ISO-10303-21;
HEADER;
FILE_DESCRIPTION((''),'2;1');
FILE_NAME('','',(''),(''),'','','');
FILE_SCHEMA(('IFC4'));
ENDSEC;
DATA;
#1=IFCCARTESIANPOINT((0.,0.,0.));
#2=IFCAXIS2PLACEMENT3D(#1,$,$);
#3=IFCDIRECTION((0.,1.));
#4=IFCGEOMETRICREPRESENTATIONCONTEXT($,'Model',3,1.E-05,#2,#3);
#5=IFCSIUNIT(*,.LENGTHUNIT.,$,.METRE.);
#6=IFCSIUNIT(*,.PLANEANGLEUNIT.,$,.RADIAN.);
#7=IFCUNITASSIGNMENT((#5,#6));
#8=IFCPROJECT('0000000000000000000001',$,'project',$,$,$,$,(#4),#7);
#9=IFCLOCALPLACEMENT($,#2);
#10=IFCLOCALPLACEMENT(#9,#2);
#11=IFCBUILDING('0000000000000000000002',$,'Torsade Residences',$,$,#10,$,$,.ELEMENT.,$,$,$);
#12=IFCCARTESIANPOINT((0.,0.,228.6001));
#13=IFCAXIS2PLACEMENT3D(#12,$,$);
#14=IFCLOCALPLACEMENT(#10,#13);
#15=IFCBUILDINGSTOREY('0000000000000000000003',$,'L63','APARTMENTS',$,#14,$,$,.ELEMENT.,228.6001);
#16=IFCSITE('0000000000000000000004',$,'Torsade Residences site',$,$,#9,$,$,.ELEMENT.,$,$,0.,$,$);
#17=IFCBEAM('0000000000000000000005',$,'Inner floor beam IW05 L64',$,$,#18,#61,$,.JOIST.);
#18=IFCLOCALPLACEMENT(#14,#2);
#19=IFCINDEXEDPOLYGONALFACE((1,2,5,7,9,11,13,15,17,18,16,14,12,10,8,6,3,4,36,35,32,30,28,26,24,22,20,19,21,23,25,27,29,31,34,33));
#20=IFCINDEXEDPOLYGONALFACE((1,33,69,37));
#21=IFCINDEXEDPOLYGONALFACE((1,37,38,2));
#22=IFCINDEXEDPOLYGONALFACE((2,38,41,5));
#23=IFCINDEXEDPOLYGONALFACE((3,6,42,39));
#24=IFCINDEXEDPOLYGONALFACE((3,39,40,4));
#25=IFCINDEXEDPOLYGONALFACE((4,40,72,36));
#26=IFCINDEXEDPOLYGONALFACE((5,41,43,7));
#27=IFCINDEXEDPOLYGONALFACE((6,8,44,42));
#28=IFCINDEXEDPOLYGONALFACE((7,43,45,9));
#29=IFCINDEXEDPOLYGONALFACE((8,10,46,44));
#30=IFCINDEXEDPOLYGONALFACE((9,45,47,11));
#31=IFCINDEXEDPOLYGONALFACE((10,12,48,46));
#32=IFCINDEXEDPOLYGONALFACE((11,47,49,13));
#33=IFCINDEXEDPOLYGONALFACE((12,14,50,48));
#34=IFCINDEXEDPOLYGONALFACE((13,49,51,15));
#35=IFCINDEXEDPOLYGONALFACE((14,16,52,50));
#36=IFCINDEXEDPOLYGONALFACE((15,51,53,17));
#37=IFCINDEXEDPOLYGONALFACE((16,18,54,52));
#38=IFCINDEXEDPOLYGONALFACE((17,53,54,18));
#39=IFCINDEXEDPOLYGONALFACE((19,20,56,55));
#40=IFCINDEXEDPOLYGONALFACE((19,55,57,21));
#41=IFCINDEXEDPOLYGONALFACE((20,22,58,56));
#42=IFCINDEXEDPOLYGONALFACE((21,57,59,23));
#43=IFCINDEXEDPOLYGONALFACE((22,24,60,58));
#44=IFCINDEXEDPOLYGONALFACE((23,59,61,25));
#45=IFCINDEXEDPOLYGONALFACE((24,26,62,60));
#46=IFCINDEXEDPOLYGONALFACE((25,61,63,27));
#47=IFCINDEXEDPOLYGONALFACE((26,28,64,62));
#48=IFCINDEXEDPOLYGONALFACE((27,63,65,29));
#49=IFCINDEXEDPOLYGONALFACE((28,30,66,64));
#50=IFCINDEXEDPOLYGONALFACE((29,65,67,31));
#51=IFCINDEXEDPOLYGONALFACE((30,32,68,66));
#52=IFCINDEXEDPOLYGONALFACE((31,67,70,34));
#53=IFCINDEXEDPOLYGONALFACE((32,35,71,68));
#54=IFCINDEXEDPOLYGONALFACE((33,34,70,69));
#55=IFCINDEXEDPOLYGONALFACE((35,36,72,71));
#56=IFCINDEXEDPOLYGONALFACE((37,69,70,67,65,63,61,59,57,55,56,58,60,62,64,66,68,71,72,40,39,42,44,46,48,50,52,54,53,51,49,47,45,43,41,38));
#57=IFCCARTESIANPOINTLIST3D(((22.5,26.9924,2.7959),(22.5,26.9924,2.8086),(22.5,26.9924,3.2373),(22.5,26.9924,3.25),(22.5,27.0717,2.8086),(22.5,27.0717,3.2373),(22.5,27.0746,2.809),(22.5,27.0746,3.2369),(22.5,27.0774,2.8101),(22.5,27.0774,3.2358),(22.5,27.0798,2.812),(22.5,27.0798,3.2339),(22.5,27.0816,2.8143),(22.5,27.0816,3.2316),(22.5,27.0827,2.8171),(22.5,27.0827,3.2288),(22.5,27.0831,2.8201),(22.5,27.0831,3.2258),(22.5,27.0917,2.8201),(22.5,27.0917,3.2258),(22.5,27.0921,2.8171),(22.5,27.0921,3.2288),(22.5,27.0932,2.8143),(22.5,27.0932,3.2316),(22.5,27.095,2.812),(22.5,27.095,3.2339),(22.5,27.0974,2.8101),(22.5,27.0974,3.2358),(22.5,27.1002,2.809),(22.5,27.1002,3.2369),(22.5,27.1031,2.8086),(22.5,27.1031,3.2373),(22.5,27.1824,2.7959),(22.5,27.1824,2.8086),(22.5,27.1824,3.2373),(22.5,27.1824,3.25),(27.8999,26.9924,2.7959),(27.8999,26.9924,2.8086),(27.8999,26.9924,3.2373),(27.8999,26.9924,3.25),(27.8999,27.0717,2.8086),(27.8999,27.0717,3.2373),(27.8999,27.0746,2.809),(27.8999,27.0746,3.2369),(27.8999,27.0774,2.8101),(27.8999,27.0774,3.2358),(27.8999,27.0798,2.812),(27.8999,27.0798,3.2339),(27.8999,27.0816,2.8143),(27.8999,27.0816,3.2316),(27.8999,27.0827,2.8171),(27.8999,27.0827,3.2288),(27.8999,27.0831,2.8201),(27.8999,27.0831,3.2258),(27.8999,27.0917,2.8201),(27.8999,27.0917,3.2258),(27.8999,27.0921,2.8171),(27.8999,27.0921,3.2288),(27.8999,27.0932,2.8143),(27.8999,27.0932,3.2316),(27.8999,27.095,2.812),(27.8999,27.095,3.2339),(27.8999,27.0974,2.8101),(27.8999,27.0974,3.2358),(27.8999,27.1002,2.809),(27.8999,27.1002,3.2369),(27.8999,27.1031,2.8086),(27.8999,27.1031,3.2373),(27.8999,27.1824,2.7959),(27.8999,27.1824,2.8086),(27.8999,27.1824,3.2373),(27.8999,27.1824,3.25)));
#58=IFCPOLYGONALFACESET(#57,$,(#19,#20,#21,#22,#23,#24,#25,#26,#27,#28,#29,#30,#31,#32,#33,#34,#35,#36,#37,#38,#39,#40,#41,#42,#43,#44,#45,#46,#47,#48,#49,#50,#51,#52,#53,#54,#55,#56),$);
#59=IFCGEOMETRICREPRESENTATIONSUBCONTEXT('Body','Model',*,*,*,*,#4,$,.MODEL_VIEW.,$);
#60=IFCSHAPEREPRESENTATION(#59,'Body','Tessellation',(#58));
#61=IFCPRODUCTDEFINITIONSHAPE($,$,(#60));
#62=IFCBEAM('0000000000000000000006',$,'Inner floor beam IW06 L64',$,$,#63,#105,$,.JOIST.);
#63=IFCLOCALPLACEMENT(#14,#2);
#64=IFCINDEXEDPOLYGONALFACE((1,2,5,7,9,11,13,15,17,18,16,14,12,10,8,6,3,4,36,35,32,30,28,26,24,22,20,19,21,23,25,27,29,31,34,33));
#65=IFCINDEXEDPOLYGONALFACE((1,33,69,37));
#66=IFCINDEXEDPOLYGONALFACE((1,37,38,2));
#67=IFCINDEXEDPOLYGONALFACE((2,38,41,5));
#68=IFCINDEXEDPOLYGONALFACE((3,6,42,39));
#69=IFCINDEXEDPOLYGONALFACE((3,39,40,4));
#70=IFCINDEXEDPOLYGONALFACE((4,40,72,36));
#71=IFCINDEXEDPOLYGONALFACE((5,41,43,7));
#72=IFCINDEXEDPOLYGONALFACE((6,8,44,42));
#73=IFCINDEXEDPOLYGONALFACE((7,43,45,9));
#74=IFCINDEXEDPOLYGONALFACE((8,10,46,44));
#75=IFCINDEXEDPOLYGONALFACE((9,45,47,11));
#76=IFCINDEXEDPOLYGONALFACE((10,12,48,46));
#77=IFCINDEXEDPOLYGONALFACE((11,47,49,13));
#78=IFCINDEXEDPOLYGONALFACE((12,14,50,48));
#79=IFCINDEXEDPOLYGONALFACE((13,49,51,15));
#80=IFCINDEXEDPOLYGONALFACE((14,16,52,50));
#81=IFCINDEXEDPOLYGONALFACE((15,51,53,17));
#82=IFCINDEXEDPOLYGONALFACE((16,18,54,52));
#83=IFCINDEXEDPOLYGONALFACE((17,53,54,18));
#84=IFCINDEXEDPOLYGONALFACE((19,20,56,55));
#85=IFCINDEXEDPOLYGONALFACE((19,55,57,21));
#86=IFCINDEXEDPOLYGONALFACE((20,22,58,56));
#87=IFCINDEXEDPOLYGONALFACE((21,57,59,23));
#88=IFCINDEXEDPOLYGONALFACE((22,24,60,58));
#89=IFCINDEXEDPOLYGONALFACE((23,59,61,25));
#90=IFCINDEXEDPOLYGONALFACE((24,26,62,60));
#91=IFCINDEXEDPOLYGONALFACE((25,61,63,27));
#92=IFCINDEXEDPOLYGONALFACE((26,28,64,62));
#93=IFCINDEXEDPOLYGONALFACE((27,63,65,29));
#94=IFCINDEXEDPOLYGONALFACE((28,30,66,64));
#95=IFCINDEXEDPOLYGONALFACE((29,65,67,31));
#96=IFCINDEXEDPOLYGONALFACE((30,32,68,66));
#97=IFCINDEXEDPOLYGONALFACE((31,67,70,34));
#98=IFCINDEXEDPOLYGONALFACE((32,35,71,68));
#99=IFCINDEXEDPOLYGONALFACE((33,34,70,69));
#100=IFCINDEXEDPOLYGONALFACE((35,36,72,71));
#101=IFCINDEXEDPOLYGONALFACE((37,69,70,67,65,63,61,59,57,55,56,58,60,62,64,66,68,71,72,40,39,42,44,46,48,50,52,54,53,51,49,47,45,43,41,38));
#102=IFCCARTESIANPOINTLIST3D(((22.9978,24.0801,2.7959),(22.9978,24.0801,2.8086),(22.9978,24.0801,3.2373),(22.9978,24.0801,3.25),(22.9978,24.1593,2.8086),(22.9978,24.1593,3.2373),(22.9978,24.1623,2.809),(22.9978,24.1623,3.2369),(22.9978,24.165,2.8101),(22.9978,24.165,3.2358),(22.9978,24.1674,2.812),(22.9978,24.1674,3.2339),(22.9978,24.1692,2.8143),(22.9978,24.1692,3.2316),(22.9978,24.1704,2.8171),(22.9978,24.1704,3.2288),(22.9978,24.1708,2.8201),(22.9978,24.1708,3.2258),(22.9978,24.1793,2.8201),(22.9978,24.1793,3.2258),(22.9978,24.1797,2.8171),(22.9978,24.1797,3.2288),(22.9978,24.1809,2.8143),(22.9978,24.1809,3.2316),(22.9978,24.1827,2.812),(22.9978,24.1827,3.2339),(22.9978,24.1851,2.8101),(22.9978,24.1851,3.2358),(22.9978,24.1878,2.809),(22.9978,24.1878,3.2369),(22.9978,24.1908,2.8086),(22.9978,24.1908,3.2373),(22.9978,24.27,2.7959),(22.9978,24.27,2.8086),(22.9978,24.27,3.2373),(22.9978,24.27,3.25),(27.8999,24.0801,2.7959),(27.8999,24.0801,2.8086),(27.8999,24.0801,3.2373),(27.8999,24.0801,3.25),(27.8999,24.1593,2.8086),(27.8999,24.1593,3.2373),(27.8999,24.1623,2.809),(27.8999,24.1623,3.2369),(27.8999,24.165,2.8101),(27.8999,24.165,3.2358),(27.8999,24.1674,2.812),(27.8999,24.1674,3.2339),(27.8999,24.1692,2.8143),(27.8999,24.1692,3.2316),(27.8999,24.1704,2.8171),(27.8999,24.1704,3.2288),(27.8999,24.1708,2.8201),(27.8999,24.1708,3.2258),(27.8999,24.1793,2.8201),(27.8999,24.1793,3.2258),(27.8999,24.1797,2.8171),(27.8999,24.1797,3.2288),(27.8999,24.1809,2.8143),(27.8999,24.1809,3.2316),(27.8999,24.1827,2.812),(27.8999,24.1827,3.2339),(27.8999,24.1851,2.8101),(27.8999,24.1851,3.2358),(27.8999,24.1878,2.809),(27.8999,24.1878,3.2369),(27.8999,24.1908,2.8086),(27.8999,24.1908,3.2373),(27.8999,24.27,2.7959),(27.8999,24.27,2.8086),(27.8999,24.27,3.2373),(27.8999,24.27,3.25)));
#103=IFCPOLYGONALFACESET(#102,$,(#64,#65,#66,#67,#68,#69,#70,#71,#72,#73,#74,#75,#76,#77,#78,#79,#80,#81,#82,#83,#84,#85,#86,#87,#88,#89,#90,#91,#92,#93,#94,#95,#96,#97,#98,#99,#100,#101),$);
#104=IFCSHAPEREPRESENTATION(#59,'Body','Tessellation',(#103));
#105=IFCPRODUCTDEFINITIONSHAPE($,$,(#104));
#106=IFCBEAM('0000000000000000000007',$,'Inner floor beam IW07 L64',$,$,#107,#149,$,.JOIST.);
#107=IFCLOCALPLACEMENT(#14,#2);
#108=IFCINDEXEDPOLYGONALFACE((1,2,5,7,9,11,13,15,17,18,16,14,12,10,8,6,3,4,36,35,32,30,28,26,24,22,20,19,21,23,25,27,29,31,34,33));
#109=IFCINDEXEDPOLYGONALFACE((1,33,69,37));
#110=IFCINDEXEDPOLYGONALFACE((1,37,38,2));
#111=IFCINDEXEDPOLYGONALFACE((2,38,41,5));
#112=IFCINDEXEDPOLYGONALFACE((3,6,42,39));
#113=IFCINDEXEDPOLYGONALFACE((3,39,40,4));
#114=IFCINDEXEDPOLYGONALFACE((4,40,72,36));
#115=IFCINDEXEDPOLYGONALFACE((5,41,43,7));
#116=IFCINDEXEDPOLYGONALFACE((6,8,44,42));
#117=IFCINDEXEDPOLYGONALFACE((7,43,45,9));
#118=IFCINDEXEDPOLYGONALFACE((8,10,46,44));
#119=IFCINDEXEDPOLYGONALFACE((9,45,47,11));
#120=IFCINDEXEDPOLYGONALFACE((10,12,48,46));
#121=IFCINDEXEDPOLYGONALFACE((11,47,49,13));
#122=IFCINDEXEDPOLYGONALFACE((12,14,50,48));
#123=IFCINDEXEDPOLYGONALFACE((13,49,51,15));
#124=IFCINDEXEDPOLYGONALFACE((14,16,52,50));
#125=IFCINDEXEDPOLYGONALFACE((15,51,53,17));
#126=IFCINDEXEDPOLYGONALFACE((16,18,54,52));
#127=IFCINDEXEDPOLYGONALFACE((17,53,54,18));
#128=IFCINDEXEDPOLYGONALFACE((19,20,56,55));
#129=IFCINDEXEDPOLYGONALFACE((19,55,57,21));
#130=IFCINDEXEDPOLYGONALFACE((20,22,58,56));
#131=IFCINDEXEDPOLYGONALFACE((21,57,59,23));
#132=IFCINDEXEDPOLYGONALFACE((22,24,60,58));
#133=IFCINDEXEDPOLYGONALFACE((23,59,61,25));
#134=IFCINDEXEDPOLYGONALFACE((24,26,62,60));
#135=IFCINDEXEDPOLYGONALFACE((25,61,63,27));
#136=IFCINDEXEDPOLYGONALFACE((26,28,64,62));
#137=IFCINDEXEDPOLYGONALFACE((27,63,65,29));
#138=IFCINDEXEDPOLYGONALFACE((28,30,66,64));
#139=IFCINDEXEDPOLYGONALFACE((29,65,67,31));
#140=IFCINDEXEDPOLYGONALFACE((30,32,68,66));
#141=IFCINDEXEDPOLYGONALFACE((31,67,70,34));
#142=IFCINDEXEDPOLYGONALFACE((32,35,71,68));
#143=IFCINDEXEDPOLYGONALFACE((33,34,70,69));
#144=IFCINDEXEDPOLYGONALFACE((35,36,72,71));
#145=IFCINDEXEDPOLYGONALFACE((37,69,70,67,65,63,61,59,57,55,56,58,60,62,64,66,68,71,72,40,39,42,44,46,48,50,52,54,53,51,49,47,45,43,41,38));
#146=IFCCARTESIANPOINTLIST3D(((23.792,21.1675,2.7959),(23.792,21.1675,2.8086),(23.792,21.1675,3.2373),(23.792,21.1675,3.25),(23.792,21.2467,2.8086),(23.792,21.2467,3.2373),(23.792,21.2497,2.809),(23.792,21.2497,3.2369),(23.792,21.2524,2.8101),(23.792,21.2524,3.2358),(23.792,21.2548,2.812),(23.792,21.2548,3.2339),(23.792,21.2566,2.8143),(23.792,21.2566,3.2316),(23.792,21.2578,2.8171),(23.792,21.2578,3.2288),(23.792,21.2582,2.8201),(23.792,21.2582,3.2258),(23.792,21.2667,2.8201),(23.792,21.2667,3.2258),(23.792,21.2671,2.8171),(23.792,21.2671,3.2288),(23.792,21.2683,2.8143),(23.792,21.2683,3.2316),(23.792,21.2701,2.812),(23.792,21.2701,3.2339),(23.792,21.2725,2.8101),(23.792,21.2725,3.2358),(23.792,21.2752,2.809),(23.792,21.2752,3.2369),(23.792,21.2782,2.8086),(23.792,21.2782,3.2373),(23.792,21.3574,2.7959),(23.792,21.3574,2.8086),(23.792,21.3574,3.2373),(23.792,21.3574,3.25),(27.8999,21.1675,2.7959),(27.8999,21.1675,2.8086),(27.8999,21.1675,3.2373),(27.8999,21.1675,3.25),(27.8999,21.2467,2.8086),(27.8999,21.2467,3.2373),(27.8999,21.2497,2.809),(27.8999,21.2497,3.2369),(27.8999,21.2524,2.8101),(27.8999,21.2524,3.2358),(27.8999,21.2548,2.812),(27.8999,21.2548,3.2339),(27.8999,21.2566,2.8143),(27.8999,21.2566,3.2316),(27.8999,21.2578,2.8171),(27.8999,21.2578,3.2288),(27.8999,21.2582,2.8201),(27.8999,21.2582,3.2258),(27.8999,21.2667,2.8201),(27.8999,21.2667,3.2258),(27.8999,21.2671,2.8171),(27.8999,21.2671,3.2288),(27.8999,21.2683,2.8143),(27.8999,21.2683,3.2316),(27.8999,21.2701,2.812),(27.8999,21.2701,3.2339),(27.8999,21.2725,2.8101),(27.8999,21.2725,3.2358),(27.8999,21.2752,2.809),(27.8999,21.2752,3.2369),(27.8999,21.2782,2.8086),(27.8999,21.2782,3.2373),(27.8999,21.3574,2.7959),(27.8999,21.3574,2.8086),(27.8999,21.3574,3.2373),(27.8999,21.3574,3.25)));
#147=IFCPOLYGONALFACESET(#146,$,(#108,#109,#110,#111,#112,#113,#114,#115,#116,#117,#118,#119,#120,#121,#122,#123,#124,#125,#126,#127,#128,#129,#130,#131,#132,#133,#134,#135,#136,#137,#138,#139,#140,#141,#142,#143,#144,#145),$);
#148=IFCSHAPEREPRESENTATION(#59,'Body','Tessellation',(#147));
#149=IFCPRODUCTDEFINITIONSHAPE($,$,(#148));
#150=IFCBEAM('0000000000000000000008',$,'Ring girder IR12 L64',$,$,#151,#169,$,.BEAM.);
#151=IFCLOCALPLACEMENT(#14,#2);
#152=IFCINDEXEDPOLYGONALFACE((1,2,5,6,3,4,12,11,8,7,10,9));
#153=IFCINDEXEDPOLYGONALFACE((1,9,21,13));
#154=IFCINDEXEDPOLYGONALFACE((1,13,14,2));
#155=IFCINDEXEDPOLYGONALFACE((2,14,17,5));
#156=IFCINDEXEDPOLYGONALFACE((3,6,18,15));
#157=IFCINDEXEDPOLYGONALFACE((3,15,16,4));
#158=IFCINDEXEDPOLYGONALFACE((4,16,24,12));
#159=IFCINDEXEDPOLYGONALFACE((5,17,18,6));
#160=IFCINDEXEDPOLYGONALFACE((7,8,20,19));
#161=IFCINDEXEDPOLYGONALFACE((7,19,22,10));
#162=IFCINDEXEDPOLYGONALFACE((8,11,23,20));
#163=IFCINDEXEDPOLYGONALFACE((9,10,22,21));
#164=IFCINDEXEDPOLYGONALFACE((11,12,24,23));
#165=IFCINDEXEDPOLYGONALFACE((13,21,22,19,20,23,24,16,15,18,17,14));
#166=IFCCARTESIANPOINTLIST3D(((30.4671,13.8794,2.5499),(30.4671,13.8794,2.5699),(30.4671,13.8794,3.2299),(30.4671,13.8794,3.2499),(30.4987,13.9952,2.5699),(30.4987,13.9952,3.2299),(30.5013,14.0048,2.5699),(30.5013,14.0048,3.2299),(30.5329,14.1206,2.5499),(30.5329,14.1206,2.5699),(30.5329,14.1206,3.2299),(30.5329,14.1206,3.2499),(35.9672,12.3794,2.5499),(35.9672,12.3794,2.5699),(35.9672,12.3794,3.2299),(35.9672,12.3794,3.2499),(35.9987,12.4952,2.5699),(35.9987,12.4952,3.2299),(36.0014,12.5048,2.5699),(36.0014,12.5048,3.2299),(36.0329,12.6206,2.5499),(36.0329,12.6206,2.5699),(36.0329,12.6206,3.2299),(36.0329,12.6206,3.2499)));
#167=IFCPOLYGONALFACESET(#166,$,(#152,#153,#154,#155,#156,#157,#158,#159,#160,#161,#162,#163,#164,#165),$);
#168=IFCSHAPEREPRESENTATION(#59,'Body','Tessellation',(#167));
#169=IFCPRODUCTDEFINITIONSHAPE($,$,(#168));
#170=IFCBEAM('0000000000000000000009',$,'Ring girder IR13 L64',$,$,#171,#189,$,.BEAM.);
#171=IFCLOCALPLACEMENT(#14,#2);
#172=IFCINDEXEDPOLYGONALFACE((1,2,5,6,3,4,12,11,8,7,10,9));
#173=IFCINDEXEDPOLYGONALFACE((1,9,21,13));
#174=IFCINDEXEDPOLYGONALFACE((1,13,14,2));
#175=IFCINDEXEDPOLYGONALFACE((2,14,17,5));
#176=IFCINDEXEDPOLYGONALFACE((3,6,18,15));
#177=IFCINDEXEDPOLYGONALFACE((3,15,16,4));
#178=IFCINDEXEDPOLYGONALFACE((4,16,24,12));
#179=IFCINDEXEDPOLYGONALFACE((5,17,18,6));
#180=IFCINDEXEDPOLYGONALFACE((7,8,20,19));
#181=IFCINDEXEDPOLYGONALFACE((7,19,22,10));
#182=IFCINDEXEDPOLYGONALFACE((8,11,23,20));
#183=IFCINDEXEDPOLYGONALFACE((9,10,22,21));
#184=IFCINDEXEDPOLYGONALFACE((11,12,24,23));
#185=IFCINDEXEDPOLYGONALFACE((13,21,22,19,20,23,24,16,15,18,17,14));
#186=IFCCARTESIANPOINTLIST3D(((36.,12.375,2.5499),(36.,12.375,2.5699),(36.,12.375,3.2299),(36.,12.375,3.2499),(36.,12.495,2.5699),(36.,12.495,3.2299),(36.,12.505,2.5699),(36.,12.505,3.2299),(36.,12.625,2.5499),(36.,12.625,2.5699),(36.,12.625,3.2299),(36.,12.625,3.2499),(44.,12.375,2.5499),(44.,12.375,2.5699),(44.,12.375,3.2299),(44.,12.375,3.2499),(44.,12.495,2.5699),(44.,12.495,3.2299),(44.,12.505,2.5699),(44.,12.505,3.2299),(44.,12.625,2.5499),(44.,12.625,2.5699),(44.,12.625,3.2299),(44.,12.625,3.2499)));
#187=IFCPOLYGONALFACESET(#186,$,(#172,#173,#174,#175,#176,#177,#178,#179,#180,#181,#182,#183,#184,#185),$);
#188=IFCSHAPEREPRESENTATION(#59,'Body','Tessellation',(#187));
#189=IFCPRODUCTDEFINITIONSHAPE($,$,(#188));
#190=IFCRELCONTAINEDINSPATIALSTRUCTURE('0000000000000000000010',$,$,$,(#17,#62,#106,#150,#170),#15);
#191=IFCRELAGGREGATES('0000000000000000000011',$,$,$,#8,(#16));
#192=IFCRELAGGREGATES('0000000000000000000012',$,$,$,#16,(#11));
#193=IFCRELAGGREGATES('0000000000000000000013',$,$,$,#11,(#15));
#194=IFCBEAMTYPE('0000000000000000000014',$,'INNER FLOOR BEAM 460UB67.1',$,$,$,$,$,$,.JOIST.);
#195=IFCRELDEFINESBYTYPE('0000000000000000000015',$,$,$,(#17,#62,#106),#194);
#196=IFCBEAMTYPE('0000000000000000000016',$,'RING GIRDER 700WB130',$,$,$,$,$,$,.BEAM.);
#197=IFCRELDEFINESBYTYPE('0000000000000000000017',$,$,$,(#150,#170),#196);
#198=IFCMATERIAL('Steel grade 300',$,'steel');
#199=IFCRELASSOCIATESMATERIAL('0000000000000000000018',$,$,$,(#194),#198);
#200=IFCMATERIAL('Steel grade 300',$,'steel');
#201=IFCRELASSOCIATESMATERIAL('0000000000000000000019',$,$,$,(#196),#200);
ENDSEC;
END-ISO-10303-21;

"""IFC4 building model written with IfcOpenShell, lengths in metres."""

from ifc_helpers import new_model, si_unit, direction, frame, origin, origin_2d, place, context, subcontext, project, spatial, i_section, extrude, material, material_profile, profile_set, type_object, element, save


model = new_model("IFC4")

# Units and contexts
model_context = context("Model", 3, precision=1e-05, world=origin(), true_north=direction((0.0, 1.0)))
body_context = subcontext(model_context, "Body", "Model", "MODEL_VIEW")
ifc_project = project(units=[si_unit("LENGTHUNIT", "METRE"), si_unit("PLANEANGLEUNIT", "RADIAN")], contexts=[model_context])

# Site, building, storey
site_placement = place(None, origin())
site = spatial("IfcSite", under=ifc_project, at=site_placement, Name="Torsade Residences site", CompositionType="ELEMENT", RefElevation=0.0)
building_placement = place(site_placement, origin())
building = spatial("IfcBuilding", under=site, at=building_placement, Name="Torsade Residences", CompositionType="ELEMENT")
storey_placement = place(building_placement, frame((0.0, 0.0, 228.6001)))
storey = spatial("IfcBuildingStorey", under=building, at=storey_placement, Name="L63", Description="APARTMENTS", CompositionType="ELEMENT", Elevation=228.6001)

# Beams
ifc_material_1 = material(Name="Steel grade 300", Category="steel")
ifc_material_profile_1 = material_profile(ifc_material_1, i_section(OverallWidth=0.1899, OverallDepth=0.4541, WebThickness=0.0085, FlangeThickness=0.0127, FilletRadius=0.0115, at=origin_2d()), Name="460UB67.1")
ifc_profile_set_1 = profile_set([ifc_material_profile_1], Name="Steel grade 300")
beam_type_1 = type_object("IfcBeamType", Name="INNER FLOOR BEAM 460UB67.1", PredefinedType="JOIST", material=ifc_profile_set_1)
beam_1_placement = place(storey_placement, frame((27.8999, 27.0874, 3.0229), z_axis=(-1.0, 0.0, 0.0), x_axis=(0.0, -1.0, 0.0)))
element("IfcBeam", 1, at=beam_1_placement, inside=storey, type_object=beam_type_1, Name="Inner floor beam IW05 L64", PredefinedType="JOIST", context=body_context, shape_type="SweptSolid", body=[
    extrude(i_section(OverallWidth=0.1899, OverallDepth=0.4541, WebThickness=0.0085, FlangeThickness=0.0127, FilletRadius=0.0115, at=origin_2d()), origin(), (0.0, 0.0, 1.0), 5.3999),
])
beam_2_placement = place(storey_placement, frame((27.8999, 24.175, 3.0229), z_axis=(-1.0, 0.0, 0.0), x_axis=(0.0, -1.0, 0.0)))
element("IfcBeam", 2, at=beam_2_placement, inside=storey, type_object=beam_type_1, Name="Inner floor beam IW06 L64", PredefinedType="JOIST", context=body_context, shape_type="SweptSolid", body=[
    extrude(i_section(OverallWidth=0.1899, OverallDepth=0.4541, WebThickness=0.0085, FlangeThickness=0.0127, FilletRadius=0.0115, at=origin_2d()), origin(), (0.0, 0.0, 1.0), 4.9021),
])
beam_3_placement = place(storey_placement, frame((27.8999, 21.2625, 3.0229), z_axis=(-1.0, 0.0, 0.0), x_axis=(0.0, -1.0, 0.0)))
element("IfcBeam", 3, at=beam_3_placement, inside=storey, type_object=beam_type_1, Name="Inner floor beam IW07 L64", PredefinedType="JOIST", context=body_context, shape_type="SweptSolid", body=[
    extrude(i_section(OverallWidth=0.1899, OverallDepth=0.4541, WebThickness=0.0085, FlangeThickness=0.0127, FilletRadius=0.0115, at=origin_2d()), origin(), (0.0, 0.0, 1.0), 4.1079),
])
ifc_material_2 = material(Name="Steel grade 300", Category="steel")
ifc_material_profile_2 = material_profile(ifc_material_2, i_section(OverallWidth=0.25, OverallDepth=0.7, WebThickness=0.01, FlangeThickness=0.02, at=origin_2d()), Name="700WB130")
ifc_profile_set_2 = profile_set([ifc_material_profile_2], Name="Steel grade 300")
beam_type_2 = type_object("IfcBeamType", Name="RING GIRDER 700WB130", PredefinedType="BEAM", material=ifc_profile_set_2)
beam_4_placement = place(storey_placement, frame((30.5, 14.0, 2.8999), z_axis=(0.964764, -0.263117, 0.0), x_axis=(0.263117, 0.964764, 0.0)))
element("IfcBeam", 4, at=beam_4_placement, inside=storey, type_object=beam_type_2, Name="Ring girder IR12 L64", PredefinedType="BEAM", context=body_context, shape_type="SweptSolid", body=[
    extrude(i_section(OverallWidth=0.25, OverallDepth=0.7, WebThickness=0.01, FlangeThickness=0.02, at=origin_2d()), origin(), (0.0, 0.0, 1.0), 5.7009),
])
beam_5_placement = place(storey_placement, frame((36.0, 12.5, 2.8999), z_axis=(1.0, 0.0, 0.0), x_axis=(0.0, 1.0, 0.0)))
element("IfcBeam", 5, at=beam_5_placement, inside=storey, type_object=beam_type_2, Name="Ring girder IR13 L64", PredefinedType="BEAM", context=body_context, shape_type="SweptSolid", body=[
    extrude(i_section(OverallWidth=0.25, OverallDepth=0.7, WebThickness=0.01, FlangeThickness=0.02, at=origin_2d()), origin(), (0.0, 0.0, 1.0), 8.0),
])

save(model, "model.ifc")
